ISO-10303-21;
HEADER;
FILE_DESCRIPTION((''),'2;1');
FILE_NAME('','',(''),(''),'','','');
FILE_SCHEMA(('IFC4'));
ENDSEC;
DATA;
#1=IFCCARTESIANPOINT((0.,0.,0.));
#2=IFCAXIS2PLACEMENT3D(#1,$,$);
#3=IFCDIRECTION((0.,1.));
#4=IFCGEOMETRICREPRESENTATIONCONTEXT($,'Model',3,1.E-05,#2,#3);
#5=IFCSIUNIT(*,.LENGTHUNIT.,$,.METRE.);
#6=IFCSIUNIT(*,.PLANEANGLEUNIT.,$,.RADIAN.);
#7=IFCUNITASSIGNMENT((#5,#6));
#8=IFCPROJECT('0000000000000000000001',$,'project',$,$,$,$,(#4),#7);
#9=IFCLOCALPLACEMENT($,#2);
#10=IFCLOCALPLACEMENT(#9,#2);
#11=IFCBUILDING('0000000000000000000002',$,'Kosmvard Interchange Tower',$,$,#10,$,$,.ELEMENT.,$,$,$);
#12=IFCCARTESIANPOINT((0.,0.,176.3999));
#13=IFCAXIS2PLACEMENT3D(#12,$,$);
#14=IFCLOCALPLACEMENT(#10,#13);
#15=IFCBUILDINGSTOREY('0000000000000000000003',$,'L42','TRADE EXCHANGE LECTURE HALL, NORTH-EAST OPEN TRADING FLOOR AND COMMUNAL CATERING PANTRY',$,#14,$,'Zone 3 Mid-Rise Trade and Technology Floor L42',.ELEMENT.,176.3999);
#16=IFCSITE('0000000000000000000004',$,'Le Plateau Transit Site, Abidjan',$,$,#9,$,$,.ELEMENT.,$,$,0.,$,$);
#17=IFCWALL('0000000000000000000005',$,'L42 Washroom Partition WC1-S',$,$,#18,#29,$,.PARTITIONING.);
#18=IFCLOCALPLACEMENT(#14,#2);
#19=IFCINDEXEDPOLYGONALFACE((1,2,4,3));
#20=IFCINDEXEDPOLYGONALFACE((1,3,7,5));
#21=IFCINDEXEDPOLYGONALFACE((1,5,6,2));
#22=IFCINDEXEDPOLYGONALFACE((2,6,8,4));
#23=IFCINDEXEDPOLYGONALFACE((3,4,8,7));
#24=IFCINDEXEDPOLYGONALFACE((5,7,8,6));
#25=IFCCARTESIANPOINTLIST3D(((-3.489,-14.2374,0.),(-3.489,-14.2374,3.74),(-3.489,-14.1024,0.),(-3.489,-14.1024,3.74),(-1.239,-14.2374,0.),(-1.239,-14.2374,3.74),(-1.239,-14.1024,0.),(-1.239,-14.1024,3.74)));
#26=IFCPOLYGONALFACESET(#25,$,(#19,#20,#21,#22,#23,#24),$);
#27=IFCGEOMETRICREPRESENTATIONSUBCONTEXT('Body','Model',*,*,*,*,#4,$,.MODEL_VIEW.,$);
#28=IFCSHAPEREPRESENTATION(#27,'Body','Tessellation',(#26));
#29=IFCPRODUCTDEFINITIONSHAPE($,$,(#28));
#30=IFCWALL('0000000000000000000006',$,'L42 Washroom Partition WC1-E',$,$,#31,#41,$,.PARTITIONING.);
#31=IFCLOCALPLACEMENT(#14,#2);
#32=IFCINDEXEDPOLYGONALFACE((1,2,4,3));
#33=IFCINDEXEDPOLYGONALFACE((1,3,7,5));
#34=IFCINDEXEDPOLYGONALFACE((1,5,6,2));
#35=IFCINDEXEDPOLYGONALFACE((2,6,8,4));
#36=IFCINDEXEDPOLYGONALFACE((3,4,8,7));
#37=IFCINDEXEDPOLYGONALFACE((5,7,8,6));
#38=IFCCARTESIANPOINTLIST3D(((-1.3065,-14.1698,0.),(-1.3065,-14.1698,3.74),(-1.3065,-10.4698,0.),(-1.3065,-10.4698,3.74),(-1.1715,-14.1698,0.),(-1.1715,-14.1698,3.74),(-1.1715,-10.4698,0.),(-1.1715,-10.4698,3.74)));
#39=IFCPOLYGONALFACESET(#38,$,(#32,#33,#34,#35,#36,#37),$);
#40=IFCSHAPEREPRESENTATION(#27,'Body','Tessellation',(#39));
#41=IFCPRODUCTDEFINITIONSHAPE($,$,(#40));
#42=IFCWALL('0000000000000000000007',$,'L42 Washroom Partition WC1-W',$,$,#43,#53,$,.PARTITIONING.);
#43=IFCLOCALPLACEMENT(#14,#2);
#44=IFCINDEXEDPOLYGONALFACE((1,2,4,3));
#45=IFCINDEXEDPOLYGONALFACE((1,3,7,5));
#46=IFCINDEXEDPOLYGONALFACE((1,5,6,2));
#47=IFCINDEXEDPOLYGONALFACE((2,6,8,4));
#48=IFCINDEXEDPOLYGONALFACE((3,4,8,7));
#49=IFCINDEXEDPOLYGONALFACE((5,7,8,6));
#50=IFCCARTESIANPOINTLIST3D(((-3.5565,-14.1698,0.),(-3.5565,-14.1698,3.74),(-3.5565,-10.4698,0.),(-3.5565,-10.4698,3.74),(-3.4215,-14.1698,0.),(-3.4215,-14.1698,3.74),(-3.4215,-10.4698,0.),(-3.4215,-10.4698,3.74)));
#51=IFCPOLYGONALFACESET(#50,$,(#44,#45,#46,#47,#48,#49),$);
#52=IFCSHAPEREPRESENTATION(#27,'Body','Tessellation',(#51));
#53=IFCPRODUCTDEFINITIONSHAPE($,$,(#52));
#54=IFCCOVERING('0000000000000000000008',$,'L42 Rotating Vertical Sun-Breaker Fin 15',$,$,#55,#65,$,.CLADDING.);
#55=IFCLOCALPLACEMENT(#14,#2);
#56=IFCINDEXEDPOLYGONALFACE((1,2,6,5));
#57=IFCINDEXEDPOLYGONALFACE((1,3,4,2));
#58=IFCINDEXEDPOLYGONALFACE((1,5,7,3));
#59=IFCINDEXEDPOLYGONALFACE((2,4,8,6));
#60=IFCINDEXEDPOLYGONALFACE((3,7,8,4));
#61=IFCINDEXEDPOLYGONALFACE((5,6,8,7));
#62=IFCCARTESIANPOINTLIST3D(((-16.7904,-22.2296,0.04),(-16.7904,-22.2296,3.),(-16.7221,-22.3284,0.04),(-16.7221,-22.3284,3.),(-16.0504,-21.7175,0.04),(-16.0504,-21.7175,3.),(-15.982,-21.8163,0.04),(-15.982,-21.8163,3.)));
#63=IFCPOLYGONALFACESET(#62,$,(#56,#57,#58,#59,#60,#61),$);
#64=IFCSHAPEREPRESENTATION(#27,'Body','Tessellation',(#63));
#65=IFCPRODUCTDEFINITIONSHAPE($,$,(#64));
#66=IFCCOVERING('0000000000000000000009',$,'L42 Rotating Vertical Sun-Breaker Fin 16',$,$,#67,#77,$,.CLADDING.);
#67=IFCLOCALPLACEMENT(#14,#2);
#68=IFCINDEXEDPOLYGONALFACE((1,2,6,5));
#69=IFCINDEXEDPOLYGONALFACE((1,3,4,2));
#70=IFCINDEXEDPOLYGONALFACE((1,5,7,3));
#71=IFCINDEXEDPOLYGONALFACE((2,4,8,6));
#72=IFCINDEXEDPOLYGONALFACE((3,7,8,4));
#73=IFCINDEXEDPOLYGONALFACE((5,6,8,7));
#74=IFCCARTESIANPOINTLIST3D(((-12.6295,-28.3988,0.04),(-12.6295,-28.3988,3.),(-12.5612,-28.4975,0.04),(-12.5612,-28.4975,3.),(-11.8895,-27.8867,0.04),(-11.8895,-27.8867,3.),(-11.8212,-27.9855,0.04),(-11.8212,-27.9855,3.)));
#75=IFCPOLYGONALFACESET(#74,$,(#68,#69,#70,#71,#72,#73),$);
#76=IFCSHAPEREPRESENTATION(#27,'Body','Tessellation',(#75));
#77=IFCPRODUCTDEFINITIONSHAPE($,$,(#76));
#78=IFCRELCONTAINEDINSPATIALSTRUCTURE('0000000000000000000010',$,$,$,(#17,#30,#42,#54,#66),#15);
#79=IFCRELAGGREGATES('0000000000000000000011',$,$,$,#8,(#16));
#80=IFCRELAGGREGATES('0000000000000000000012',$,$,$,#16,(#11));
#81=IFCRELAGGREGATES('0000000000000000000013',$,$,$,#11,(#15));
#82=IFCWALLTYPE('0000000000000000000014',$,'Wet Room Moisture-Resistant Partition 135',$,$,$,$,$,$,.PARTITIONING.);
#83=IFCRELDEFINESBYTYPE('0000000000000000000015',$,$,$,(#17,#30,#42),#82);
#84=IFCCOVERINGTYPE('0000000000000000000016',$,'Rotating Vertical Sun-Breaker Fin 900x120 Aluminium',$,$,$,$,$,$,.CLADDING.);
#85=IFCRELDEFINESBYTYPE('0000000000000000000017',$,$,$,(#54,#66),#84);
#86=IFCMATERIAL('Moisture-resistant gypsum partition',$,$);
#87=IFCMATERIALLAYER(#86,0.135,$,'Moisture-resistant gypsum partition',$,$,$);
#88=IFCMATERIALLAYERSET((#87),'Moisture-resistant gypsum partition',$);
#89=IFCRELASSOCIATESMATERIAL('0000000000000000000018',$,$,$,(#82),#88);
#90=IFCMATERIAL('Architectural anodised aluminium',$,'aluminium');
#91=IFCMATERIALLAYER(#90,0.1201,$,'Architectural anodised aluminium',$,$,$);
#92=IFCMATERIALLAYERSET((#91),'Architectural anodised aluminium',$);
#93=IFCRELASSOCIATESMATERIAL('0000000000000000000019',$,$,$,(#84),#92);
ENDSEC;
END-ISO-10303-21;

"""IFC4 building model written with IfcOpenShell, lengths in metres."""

from ifc_helpers import new_model, si_unit, direction, frame, frame_2d, origin, origin_2d, place, context, subcontext, project, spatial, rectangle, extrude, source, transform, mapped, material, layer, layer_set, type_object, element, save


model = new_model("IFC4")

# Units and contexts
model_context = context("Model", 3, precision=1e-05, world=origin(), true_north=direction((0.0, 1.0)))
body_context = subcontext(model_context, "Body", "Model", "MODEL_VIEW")
ifc_project = project(units=[si_unit("LENGTHUNIT", "METRE"), si_unit("PLANEANGLEUNIT", "RADIAN")], contexts=[model_context])

# Site, building, storey
site_placement = place(None, origin())
site = spatial("IfcSite", under=ifc_project, at=site_placement, Name="Le Plateau Transit Site, Abidjan", CompositionType="ELEMENT", RefElevation=0.0)
building_placement = place(site_placement, origin())
building = spatial("IfcBuilding", under=site, at=building_placement, Name="Kosmvard Interchange Tower", CompositionType="ELEMENT")
storey_placement = place(building_placement, frame((0.0, 0.0, 176.3999)))
storey = spatial("IfcBuildingStorey", under=building, at=storey_placement, Name="L42", Description="TRADE EXCHANGE LECTURE HALL, NORTH-EAST OPEN TRADING FLOOR AND COMMUNAL CATERING PANTRY", LongName="Zone 3 Mid-Rise Trade and Technology Floor L42", CompositionType="ELEMENT", Elevation=176.3999)

# Walls
ifc_material_1 = material(Name="Moisture-resistant gypsum partition")
ifc_layer_1 = layer(ifc_material_1, 0.135, Name="Moisture-resistant gypsum partition")
ifc_layer_set_1 = layer_set([ifc_layer_1], Name="Moisture-resistant gypsum partition")
wall_type_1 = type_object("IfcWallType", Name="Wet Room Moisture-Resistant Partition 135", PredefinedType="PARTITIONING", material=ifc_layer_set_1)
wall_1_placement = place(storey_placement, frame((-3.489, -14.1699, 0.0), z_axis=(0.0, 0.0, 1.0), x_axis=(1.0, 0.0, 0.0)))
element("IfcWall", 1, at=wall_1_placement, inside=storey, type_object=wall_type_1, Name="L42 Washroom Partition WC1-S", PredefinedType="PARTITIONING", context=body_context, shape_type="SweptSolid", body=[
    extrude(rectangle(XDim=2.25, YDim=0.135, at=frame_2d((1.125, 0.0))), origin(), (0.0, 0.0, 1.0), 3.74),
])
for number, where, z_axis, x_axis, name in (
    (2, (-1.239, -14.1699, 0.0), (0.0, 0.0, 1.0), (0.0, 1.0, 0.0), "L42 Washroom Partition WC1-E"),
    (3, (-3.489, -14.1699, 0.0), (0.0, 0.0, 1.0), (0.0, 1.0, 0.0), "L42 Washroom Partition WC1-W"),
):
    element("IfcWall", number, at=place(storey_placement, frame(where, z_axis=z_axis, x_axis=x_axis)), inside=storey, type_object=wall_type_1, Name=name, PredefinedType="PARTITIONING", context=body_context, shape_type="SweptSolid", body=[
        extrude(rectangle(XDim=3.7, YDim=0.135, at=frame_2d((1.8501, 0.0))), origin(), (0.0, 0.0, 1.0), 3.74),
    ])

# Coverings
ifc_material_2 = material(Name="Architectural anodised aluminium", Category="aluminium")
ifc_layer_2 = layer(ifc_material_2, 0.1201, Name="Architectural anodised aluminium")
ifc_layer_set_2 = layer_set([ifc_layer_2], Name="Architectural anodised aluminium")
covering_type = type_object("IfcCoveringType", Name="Rotating Vertical Sun-Breaker Fin 900x120 Aluminium", PredefinedType="CLADDING", material=ifc_layer_set_2)
shared_shape_1 = source(origin(), body_context, "Body", "SweptSolid", [
    extrude(rectangle(XDim=0.8999, YDim=0.1201, at=origin_2d()), origin(), (0.0, 0.0, 1.0), 2.96),
])
for number, where, z_axis, x_axis, name in (
    (4, (-16.3862, -22.0229, 0.04), (0.0, 0.0, 1.0), (-0.822343, -0.568993, 0.0), "L42 Rotating Vertical Sun-Breaker Fin 15"),
    (5, (-12.2253, -28.1921, 0.04), (0.0, 0.0, 1.0), (-0.822343, -0.568993, 0.0), "L42 Rotating Vertical Sun-Breaker Fin 16"),
):
    element("IfcCovering", number, at=place(storey_placement, frame(where, z_axis=z_axis, x_axis=x_axis)), inside=storey, type_object=covering_type, Name=name, PredefinedType="CLADDING", context=body_context, shape_type="MappedRepresentation", body=[
        mapped(shared_shape_1, transform((0.0, 0.0, 0.0), scale=1.0)),
    ])

save(model, "model.ifc")
